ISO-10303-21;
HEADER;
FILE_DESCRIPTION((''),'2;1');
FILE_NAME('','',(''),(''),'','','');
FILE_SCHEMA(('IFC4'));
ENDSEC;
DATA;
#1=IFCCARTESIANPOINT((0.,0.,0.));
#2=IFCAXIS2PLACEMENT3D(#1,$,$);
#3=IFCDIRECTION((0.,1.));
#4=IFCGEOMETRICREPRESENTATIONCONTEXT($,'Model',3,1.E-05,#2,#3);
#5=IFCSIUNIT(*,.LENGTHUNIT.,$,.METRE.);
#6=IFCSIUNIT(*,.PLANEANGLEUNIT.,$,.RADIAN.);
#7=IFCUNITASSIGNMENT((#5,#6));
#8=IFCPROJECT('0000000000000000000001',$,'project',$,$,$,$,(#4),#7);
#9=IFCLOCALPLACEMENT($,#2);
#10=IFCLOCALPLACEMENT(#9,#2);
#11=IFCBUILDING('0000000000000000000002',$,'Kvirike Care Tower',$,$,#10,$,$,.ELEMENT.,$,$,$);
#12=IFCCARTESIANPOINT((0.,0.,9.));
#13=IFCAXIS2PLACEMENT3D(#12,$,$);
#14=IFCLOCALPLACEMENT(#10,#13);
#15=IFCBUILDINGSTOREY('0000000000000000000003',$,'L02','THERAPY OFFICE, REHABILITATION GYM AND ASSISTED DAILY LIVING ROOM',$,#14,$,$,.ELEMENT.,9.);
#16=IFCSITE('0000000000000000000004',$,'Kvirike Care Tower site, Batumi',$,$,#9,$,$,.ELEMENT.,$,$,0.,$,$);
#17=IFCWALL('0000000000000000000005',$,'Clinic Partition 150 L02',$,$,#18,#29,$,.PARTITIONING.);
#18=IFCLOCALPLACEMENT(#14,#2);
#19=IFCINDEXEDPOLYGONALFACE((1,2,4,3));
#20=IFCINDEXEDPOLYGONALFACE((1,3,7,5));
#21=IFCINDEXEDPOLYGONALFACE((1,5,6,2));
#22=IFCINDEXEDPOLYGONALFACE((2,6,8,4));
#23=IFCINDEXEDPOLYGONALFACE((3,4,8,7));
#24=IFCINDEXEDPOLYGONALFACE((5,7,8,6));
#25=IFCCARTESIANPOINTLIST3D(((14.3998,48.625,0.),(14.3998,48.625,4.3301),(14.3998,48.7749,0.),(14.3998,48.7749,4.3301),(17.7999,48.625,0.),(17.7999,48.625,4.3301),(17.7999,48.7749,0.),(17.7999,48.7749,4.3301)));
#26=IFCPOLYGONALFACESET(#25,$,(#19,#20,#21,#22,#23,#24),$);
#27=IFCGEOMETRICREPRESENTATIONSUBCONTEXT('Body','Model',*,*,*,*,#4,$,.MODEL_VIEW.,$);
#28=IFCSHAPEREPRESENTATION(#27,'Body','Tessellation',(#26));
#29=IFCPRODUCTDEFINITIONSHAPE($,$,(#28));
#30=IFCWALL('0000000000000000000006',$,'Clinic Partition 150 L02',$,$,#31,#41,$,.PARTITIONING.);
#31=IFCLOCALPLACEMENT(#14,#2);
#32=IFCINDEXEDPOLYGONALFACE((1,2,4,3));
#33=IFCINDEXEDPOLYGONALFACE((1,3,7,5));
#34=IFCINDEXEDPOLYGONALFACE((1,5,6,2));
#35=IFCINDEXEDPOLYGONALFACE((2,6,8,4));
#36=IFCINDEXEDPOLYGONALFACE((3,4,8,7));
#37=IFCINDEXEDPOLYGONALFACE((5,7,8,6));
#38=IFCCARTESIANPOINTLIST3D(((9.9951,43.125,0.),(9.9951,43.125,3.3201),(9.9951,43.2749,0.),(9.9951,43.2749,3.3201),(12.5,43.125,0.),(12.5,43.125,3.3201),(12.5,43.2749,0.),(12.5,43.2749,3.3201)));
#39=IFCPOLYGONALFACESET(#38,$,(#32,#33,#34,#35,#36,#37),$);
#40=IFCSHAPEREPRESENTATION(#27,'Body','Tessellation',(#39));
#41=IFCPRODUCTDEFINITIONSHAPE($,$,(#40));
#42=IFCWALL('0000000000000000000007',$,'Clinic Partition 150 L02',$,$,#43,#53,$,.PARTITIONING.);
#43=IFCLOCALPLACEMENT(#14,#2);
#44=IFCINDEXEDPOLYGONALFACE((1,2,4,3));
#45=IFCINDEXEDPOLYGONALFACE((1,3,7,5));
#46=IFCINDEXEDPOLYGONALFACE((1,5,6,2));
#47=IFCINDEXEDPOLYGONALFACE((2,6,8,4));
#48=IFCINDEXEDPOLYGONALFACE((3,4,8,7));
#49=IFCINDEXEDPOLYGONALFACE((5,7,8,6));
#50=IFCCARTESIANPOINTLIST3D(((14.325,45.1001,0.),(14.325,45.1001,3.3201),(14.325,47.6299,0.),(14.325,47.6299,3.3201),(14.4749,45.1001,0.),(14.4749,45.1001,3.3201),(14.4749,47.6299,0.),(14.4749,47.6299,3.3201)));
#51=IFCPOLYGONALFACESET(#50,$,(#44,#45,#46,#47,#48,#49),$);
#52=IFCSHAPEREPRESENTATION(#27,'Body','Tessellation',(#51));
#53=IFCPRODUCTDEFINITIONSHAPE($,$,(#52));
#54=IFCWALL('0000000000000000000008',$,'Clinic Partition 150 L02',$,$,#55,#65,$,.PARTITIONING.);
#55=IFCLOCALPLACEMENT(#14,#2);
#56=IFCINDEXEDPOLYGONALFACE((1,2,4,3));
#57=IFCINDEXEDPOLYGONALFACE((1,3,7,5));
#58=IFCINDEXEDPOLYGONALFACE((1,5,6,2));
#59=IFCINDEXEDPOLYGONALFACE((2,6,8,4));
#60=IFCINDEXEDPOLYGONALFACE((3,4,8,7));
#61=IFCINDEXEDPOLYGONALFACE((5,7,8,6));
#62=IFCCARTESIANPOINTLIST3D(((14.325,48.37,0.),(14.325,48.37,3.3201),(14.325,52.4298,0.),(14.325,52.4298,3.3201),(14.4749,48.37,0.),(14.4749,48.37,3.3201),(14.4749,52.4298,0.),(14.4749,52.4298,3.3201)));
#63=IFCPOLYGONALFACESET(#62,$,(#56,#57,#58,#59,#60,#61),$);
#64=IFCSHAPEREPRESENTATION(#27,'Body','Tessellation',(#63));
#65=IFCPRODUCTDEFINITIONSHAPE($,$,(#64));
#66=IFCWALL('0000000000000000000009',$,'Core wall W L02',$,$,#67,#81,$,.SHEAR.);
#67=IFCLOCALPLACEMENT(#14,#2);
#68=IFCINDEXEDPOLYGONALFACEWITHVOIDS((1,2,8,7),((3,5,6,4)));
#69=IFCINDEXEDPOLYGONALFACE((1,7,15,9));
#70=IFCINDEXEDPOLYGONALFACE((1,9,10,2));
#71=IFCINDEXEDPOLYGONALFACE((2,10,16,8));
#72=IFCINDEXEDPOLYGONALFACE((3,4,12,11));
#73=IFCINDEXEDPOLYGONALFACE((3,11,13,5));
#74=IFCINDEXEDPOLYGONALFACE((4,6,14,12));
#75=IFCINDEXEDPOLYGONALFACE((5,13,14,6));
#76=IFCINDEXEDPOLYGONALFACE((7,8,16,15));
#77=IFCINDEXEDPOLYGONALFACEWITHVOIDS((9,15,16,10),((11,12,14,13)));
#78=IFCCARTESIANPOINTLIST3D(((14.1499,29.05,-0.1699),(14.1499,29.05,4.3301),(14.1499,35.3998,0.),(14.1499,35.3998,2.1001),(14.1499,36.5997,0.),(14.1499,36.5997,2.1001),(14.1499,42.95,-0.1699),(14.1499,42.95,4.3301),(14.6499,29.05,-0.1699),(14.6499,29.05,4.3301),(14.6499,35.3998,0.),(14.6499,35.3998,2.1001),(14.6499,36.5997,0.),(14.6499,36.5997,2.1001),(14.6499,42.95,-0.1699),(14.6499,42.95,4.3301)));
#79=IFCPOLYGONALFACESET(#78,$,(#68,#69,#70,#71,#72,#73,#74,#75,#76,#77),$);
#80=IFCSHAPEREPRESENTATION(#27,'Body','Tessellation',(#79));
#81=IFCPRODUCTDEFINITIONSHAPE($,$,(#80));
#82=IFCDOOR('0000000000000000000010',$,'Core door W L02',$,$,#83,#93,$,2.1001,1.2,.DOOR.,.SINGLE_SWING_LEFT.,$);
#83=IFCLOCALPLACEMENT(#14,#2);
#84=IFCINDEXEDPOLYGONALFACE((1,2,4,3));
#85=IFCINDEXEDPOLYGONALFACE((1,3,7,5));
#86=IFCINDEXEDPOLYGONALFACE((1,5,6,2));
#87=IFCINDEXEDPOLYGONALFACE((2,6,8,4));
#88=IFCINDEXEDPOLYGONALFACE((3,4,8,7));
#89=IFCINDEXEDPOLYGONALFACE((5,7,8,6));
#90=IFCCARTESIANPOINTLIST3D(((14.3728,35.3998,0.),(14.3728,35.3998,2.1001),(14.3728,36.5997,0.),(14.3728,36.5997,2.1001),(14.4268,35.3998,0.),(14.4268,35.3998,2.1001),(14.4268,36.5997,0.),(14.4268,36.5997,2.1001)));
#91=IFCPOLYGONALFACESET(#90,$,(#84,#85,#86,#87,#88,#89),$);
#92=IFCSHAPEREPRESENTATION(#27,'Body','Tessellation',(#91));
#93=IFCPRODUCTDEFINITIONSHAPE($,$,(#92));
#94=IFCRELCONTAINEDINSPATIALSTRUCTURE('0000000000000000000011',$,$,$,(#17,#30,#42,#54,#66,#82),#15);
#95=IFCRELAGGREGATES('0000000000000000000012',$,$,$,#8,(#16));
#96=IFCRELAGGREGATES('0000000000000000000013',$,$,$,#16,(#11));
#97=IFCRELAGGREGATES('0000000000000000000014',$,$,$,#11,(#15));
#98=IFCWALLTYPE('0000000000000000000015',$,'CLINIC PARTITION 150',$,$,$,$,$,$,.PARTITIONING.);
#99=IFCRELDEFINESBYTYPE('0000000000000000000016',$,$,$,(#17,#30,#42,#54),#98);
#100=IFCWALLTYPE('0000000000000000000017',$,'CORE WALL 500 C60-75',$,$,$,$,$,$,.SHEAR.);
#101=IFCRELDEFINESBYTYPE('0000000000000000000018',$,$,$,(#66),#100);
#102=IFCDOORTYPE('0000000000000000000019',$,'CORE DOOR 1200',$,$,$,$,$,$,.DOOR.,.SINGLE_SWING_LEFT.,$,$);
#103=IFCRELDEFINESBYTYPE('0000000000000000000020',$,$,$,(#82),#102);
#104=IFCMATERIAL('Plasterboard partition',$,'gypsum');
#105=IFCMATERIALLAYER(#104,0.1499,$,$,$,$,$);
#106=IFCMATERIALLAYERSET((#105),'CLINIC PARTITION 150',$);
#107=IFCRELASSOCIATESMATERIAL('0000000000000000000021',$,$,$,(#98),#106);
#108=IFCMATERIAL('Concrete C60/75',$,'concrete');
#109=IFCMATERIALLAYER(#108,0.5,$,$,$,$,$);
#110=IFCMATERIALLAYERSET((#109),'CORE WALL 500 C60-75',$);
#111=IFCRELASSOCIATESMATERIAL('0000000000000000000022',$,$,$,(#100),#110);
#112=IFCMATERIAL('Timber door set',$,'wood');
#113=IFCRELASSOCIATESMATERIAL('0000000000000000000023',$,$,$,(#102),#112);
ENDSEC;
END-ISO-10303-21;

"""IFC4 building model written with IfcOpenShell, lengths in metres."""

from ifc_helpers import new_model, si_unit, direction, frame, frame_2d, origin, place, context, subcontext, project, spatial, rectangle, extrude, material, layer, layer_set, type_object, element, fill, save


model = new_model("IFC4")

# Units and contexts
model_context = context("Model", 3, precision=1e-05, world=origin(), true_north=direction((0.0, 1.0)))
body_context = subcontext(model_context, "Body", "Model", "MODEL_VIEW")
ifc_project = project(units=[si_unit("LENGTHUNIT", "METRE"), si_unit("PLANEANGLEUNIT", "RADIAN")], contexts=[model_context])

# Site, building, storey
site_placement = place(None, origin())
site = spatial("IfcSite", under=ifc_project, at=site_placement, Name="Kvirike Care Tower site, Batumi", CompositionType="ELEMENT", RefElevation=0.0)
building_placement = place(site_placement, origin())
building = spatial("IfcBuilding", under=site, at=building_placement, Name="Kvirike Care Tower", CompositionType="ELEMENT")
storey_placement = place(building_placement, frame((0.0, 0.0, 9.0)))
storey = spatial("IfcBuildingStorey", under=building, at=storey_placement, Name="L02", Description="THERAPY OFFICE, REHABILITATION GYM AND ASSISTED DAILY LIVING ROOM", CompositionType="ELEMENT", Elevation=9.0)

# Walls
ifc_material_1 = material(Name="Plasterboard partition", Category="gypsum")
ifc_layer_1 = layer(ifc_material_1, 0.1499)
ifc_layer_set_1 = layer_set([ifc_layer_1], Name="CLINIC PARTITION 150")
wall_type_1 = type_object("IfcWallType", Name="CLINIC PARTITION 150", PredefinedType="PARTITIONING", material=ifc_layer_set_1)
wall_1_placement = place(storey_placement, frame((17.8, 48.7, 0.0), z_axis=(0.0, 0.0, 1.0), x_axis=(-1.0, 0.0, 0.0)))
element("IfcWall", 1, at=wall_1_placement, inside=storey, type_object=wall_type_1, Name="Clinic Partition 150 L02", PredefinedType="PARTITIONING", context=body_context, shape_type="SweptSolid", body=[
    extrude(rectangle(XDim=3.4001, YDim=0.1499, at=frame_2d((1.7002, 0.0))), origin(), (0.0, 0.0, 1.0), 4.3301),
])
wall_2_placement = place(storey_placement, frame((12.5, 43.2, 0.0), z_axis=(0.0, 0.0, 1.0), x_axis=(-1.0, 0.0, 0.0)))
element("IfcWall", 2, at=wall_2_placement, inside=storey, type_object=wall_type_1, Name="Clinic Partition 150 L02", PredefinedType="PARTITIONING", context=body_context, shape_type="SweptSolid", body=[
    extrude(rectangle(XDim=2.5049, YDim=0.1499, at=frame_2d((1.2524, 0.0))), origin(), (0.0, 0.0, 1.0), 3.3201),
])
wall_3_placement = place(storey_placement, frame((14.3999, 45.1001, 0.0), z_axis=(0.0, 0.0, 1.0), x_axis=(0.0, 1.0, 0.0)))
element("IfcWall", 3, at=wall_3_placement, inside=storey, type_object=wall_type_1, Name="Clinic Partition 150 L02", PredefinedType="PARTITIONING", context=body_context, shape_type="SweptSolid", body=[
    extrude(rectangle(XDim=2.5298, YDim=0.1499, at=frame_2d((1.2649, 0.0))), origin(), (0.0, 0.0, 1.0), 3.3201),
])
wall_4_placement = place(storey_placement, frame((14.3999, 48.3701, 0.0), z_axis=(0.0, 0.0, 1.0), x_axis=(0.0, 1.0, 0.0)))
element("IfcWall", 4, at=wall_4_placement, inside=storey, type_object=wall_type_1, Name="Clinic Partition 150 L02", PredefinedType="PARTITIONING", context=body_context, shape_type="SweptSolid", body=[
    extrude(rectangle(XDim=4.0598, YDim=0.1499, at=frame_2d((2.0298, 0.0))), origin(), (0.0, 0.0, 1.0), 3.3201),
])

# Wall, opening, door
ifc_material_2 = material(Name="Concrete C60/75", Category="concrete")
ifc_layer_2 = layer(ifc_material_2, 0.5)
ifc_layer_set_2 = layer_set([ifc_layer_2], Name="CORE WALL 500 C60-75")
wall_type_2 = type_object("IfcWallType", Name="CORE WALL 500 C60-75", PredefinedType="SHEAR", material=ifc_layer_set_2)
wall_5_placement = place(storey_placement, frame((14.3999, 42.95, -0.1699), z_axis=(0.0, 0.0, 1.0), x_axis=(0.0, -1.0, 0.0)))
wall_5 = element("IfcWall", 5, at=wall_5_placement, inside=storey, type_object=wall_type_2, Name="Core wall W L02", PredefinedType="SHEAR", context=body_context, shape_type="SweptSolid", body=[
    extrude(rectangle(XDim=13.8999, YDim=0.5, at=frame_2d((6.95, 0.0))), origin(), (0.0, 0.0, 1.0), 4.5),
])
opening_1_placement = place(wall_5_placement, frame((6.3501, 0.0, 0.1699)))
opening_1 = element("IfcOpeningElement", 6, at=opening_1_placement, cuts=wall_5, PredefinedType="OPENING", context=body_context, shape_type="SweptSolid", body=[
    extrude(rectangle(XDim=1.2, YDim=2.1001, at=frame_2d((0.6001, 1.05))), frame((0.0, 0.2605, 0.0), z_axis=(0.0, -1.0, 0.0), x_axis=(1.0, 0.0, 0.0)), (0.0, 0.0, 1.0), 0.521),
])
ifc_material_3 = material(Name="Timber door set", Category="wood")
door_type_1 = type_object("IfcDoorType", Name="CORE DOOR 1200", OperationType="SINGLE_SWING_LEFT", PredefinedType="DOOR", material=ifc_material_3)
door_1_placement = place(opening_1_placement, origin())
door_1 = element("IfcDoor", 7, at=door_1_placement, inside=storey, type_object=door_type_1, Name="Core door W L02", OperationType="SINGLE_SWING_LEFT", OverallHeight=2.1001, OverallWidth=1.2, PredefinedType="DOOR", context=body_context, shape_type="SweptSolid", body=[
    extrude(rectangle(XDim=1.2, YDim=2.1001, at=frame_2d((0.6001, 1.05))), frame((0.0, 0.0269, 0.0), z_axis=(0.0, -1.0, 0.0), x_axis=(1.0, 0.0, 0.0)), (0.0, 0.0, 1.0), 0.054),
])
fill(opening_1, door_1)

save(model, "model.ifc")
